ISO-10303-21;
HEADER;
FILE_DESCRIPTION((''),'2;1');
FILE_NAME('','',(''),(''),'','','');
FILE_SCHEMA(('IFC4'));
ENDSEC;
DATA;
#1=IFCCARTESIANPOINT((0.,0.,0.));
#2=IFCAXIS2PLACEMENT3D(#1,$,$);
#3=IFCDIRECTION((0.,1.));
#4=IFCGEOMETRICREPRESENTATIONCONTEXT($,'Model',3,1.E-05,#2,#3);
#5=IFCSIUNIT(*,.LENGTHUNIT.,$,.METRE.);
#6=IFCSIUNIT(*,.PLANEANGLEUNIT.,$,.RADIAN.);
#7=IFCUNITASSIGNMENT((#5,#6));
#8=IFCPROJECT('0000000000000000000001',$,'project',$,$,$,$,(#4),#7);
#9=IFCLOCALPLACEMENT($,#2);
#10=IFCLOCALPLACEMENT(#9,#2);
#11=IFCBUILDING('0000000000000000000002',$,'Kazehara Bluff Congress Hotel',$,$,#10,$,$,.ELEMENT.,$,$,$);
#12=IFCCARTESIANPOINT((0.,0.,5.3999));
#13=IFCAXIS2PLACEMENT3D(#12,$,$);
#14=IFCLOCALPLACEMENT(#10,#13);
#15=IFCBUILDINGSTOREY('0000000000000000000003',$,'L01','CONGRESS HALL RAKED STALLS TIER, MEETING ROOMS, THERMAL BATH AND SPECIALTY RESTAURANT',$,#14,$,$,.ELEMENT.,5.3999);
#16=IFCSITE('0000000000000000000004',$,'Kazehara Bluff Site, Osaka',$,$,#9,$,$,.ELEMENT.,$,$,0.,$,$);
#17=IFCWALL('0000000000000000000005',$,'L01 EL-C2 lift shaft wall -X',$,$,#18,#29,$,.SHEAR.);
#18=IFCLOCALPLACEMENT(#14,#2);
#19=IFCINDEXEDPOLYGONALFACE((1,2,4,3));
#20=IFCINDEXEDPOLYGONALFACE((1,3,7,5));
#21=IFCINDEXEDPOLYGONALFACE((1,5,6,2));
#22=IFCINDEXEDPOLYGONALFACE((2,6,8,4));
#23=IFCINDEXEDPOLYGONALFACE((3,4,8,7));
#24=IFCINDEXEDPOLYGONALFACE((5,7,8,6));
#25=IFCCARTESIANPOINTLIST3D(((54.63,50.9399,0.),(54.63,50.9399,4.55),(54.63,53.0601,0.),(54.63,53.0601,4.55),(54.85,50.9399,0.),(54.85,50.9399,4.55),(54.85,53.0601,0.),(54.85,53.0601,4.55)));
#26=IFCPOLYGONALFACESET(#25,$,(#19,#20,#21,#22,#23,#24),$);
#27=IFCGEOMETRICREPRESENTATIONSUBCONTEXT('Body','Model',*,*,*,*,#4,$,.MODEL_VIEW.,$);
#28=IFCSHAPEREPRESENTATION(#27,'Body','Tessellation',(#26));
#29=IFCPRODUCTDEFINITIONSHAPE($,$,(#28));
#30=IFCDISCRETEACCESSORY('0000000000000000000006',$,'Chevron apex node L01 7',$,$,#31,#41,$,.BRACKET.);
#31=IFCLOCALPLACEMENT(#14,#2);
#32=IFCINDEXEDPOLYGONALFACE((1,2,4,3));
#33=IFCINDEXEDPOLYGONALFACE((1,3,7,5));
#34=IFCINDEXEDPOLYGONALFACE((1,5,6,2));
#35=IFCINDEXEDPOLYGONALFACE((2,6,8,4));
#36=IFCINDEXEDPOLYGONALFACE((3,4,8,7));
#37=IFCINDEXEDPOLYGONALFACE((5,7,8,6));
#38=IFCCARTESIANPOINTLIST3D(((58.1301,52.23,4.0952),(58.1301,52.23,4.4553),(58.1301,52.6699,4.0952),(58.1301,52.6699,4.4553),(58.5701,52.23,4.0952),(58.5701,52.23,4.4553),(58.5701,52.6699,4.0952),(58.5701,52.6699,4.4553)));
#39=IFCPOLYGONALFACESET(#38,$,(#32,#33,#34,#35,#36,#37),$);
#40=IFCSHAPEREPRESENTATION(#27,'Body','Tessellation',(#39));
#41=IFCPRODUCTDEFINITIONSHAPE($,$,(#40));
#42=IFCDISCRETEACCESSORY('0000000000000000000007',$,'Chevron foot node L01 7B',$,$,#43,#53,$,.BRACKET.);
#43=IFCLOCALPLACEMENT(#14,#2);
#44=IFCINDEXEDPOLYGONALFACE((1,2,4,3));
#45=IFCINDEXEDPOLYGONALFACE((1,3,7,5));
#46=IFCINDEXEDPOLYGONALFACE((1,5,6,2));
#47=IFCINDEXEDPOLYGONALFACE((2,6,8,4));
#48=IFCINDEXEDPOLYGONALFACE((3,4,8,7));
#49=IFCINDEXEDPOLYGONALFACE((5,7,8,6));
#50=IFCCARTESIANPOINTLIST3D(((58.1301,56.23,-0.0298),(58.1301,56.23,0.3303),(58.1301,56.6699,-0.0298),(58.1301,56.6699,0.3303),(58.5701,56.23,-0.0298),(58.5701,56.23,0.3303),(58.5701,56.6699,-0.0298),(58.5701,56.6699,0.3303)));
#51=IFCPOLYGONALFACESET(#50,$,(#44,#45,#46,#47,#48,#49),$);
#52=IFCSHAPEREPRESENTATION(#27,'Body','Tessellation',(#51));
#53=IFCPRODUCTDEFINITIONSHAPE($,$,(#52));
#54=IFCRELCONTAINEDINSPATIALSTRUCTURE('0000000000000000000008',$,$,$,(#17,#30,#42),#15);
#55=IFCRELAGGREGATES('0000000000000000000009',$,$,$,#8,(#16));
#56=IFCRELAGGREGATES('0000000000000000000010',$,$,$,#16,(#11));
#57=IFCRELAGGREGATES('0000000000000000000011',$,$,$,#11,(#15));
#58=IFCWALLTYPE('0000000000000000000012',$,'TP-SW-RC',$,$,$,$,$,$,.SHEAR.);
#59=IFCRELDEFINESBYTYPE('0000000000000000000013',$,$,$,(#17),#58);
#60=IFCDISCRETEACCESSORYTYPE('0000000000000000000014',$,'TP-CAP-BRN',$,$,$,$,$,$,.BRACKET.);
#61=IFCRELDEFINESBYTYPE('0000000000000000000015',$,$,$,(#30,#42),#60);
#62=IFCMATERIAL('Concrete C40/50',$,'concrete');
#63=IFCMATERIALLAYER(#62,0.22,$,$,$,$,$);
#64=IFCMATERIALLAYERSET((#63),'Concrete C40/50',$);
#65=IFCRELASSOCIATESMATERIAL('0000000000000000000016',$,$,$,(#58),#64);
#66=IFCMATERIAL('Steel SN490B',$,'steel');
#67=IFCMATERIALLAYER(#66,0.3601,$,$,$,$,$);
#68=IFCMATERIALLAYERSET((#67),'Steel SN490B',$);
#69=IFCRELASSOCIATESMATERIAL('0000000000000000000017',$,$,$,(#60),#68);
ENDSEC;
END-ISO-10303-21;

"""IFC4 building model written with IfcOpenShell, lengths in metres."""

from ifc_helpers import new_model, si_unit, direction, frame, frame_2d, origin, origin_2d, place, context, subcontext, project, spatial, rectangle, extrude, material, layer, layer_set, type_object, element, save


model = new_model("IFC4")

# Units and contexts
model_context = context("Model", 3, precision=1e-05, world=origin(), true_north=direction((0.0, 1.0)))
body_context = subcontext(model_context, "Body", "Model", "MODEL_VIEW")
ifc_project = project(units=[si_unit("LENGTHUNIT", "METRE"), si_unit("PLANEANGLEUNIT", "RADIAN")], contexts=[model_context])

# Site, building, storey
site_placement = place(None, origin())
site = spatial("IfcSite", under=ifc_project, at=site_placement, Name="Kazehara Bluff Site, Osaka", CompositionType="ELEMENT", RefElevation=0.0)
building_placement = place(site_placement, origin())
building = spatial("IfcBuilding", under=site, at=building_placement, Name="Kazehara Bluff Congress Hotel", CompositionType="ELEMENT")
storey_placement = place(building_placement, frame((0.0, 0.0, 5.3999)))
storey = spatial("IfcBuildingStorey", under=building, at=storey_placement, Name="L01", Description="CONGRESS HALL RAKED STALLS TIER, MEETING ROOMS, THERMAL BATH AND SPECIALTY RESTAURANT", CompositionType="ELEMENT", Elevation=5.3999)

# Shared definitions
ifc_material_1 = material(Name="Concrete C40/50", Category="concrete")
ifc_layer_1 = layer(ifc_material_1, 0.22)
ifc_layer_set_1 = layer_set([ifc_layer_1], Name="Concrete C40/50")
wall_type_1 = type_object("IfcWallType", Name="TP-SW-RC", PredefinedType="SHEAR", material=ifc_layer_set_1)

# Wall
for number, where, z_axis, x_axis, name in (
    (1, (54.74, 50.9399, 0.0), (0.0, 0.0, 1.0), (0.0, 1.0, 0.0), "L01 EL-C2 lift shaft wall -X"),
):
    element("IfcWall", number, at=place(storey_placement, frame(where, z_axis=z_axis, x_axis=x_axis)), inside=storey, type_object=wall_type_1, Name=name, PredefinedType="SHEAR", context=body_context, shape_type="SweptSolid", body=[
        extrude(rectangle(XDim=2.1201, YDim=0.22, at=frame_2d((1.0601, 0.0))), origin(), (0.0, 0.0, 1.0), 4.55),
    ])

# Discrete accessories
ifc_material_2 = material(Name="Steel SN490B", Category="steel")
ifc_layer_2 = layer(ifc_material_2, 0.3601)
ifc_layer_set_2 = layer_set([ifc_layer_2], Name="Steel SN490B")
discrete_accessory_type = type_object("IfcDiscreteAccessoryType", Name="TP-CAP-BRN", PredefinedType="BRACKET", material=ifc_layer_set_2)
for number, where, z_axis, x_axis, name in (
    (2, (58.3501, 52.45, 4.0952), (0.0, 0.0, 1.0), (1.0, 0.0, 0.0), "Chevron apex node L01 7"),
    (3, (58.3501, 56.45, -0.0298), (0.0, 0.0, 1.0), (1.0, 0.0, 0.0), "Chevron foot node L01 7B"),
):
    element("IfcDiscreteAccessory", number, at=place(storey_placement, frame(where, z_axis=z_axis, x_axis=x_axis)), inside=storey, type_object=discrete_accessory_type, Name=name, PredefinedType="BRACKET", context=body_context, shape_type="SweptSolid", body=[
        extrude(rectangle(XDim=0.4399, YDim=0.4399, at=origin_2d()), origin(), (0.0, 0.0, 1.0), 0.3601),
    ])

save(model, "model.ifc")
